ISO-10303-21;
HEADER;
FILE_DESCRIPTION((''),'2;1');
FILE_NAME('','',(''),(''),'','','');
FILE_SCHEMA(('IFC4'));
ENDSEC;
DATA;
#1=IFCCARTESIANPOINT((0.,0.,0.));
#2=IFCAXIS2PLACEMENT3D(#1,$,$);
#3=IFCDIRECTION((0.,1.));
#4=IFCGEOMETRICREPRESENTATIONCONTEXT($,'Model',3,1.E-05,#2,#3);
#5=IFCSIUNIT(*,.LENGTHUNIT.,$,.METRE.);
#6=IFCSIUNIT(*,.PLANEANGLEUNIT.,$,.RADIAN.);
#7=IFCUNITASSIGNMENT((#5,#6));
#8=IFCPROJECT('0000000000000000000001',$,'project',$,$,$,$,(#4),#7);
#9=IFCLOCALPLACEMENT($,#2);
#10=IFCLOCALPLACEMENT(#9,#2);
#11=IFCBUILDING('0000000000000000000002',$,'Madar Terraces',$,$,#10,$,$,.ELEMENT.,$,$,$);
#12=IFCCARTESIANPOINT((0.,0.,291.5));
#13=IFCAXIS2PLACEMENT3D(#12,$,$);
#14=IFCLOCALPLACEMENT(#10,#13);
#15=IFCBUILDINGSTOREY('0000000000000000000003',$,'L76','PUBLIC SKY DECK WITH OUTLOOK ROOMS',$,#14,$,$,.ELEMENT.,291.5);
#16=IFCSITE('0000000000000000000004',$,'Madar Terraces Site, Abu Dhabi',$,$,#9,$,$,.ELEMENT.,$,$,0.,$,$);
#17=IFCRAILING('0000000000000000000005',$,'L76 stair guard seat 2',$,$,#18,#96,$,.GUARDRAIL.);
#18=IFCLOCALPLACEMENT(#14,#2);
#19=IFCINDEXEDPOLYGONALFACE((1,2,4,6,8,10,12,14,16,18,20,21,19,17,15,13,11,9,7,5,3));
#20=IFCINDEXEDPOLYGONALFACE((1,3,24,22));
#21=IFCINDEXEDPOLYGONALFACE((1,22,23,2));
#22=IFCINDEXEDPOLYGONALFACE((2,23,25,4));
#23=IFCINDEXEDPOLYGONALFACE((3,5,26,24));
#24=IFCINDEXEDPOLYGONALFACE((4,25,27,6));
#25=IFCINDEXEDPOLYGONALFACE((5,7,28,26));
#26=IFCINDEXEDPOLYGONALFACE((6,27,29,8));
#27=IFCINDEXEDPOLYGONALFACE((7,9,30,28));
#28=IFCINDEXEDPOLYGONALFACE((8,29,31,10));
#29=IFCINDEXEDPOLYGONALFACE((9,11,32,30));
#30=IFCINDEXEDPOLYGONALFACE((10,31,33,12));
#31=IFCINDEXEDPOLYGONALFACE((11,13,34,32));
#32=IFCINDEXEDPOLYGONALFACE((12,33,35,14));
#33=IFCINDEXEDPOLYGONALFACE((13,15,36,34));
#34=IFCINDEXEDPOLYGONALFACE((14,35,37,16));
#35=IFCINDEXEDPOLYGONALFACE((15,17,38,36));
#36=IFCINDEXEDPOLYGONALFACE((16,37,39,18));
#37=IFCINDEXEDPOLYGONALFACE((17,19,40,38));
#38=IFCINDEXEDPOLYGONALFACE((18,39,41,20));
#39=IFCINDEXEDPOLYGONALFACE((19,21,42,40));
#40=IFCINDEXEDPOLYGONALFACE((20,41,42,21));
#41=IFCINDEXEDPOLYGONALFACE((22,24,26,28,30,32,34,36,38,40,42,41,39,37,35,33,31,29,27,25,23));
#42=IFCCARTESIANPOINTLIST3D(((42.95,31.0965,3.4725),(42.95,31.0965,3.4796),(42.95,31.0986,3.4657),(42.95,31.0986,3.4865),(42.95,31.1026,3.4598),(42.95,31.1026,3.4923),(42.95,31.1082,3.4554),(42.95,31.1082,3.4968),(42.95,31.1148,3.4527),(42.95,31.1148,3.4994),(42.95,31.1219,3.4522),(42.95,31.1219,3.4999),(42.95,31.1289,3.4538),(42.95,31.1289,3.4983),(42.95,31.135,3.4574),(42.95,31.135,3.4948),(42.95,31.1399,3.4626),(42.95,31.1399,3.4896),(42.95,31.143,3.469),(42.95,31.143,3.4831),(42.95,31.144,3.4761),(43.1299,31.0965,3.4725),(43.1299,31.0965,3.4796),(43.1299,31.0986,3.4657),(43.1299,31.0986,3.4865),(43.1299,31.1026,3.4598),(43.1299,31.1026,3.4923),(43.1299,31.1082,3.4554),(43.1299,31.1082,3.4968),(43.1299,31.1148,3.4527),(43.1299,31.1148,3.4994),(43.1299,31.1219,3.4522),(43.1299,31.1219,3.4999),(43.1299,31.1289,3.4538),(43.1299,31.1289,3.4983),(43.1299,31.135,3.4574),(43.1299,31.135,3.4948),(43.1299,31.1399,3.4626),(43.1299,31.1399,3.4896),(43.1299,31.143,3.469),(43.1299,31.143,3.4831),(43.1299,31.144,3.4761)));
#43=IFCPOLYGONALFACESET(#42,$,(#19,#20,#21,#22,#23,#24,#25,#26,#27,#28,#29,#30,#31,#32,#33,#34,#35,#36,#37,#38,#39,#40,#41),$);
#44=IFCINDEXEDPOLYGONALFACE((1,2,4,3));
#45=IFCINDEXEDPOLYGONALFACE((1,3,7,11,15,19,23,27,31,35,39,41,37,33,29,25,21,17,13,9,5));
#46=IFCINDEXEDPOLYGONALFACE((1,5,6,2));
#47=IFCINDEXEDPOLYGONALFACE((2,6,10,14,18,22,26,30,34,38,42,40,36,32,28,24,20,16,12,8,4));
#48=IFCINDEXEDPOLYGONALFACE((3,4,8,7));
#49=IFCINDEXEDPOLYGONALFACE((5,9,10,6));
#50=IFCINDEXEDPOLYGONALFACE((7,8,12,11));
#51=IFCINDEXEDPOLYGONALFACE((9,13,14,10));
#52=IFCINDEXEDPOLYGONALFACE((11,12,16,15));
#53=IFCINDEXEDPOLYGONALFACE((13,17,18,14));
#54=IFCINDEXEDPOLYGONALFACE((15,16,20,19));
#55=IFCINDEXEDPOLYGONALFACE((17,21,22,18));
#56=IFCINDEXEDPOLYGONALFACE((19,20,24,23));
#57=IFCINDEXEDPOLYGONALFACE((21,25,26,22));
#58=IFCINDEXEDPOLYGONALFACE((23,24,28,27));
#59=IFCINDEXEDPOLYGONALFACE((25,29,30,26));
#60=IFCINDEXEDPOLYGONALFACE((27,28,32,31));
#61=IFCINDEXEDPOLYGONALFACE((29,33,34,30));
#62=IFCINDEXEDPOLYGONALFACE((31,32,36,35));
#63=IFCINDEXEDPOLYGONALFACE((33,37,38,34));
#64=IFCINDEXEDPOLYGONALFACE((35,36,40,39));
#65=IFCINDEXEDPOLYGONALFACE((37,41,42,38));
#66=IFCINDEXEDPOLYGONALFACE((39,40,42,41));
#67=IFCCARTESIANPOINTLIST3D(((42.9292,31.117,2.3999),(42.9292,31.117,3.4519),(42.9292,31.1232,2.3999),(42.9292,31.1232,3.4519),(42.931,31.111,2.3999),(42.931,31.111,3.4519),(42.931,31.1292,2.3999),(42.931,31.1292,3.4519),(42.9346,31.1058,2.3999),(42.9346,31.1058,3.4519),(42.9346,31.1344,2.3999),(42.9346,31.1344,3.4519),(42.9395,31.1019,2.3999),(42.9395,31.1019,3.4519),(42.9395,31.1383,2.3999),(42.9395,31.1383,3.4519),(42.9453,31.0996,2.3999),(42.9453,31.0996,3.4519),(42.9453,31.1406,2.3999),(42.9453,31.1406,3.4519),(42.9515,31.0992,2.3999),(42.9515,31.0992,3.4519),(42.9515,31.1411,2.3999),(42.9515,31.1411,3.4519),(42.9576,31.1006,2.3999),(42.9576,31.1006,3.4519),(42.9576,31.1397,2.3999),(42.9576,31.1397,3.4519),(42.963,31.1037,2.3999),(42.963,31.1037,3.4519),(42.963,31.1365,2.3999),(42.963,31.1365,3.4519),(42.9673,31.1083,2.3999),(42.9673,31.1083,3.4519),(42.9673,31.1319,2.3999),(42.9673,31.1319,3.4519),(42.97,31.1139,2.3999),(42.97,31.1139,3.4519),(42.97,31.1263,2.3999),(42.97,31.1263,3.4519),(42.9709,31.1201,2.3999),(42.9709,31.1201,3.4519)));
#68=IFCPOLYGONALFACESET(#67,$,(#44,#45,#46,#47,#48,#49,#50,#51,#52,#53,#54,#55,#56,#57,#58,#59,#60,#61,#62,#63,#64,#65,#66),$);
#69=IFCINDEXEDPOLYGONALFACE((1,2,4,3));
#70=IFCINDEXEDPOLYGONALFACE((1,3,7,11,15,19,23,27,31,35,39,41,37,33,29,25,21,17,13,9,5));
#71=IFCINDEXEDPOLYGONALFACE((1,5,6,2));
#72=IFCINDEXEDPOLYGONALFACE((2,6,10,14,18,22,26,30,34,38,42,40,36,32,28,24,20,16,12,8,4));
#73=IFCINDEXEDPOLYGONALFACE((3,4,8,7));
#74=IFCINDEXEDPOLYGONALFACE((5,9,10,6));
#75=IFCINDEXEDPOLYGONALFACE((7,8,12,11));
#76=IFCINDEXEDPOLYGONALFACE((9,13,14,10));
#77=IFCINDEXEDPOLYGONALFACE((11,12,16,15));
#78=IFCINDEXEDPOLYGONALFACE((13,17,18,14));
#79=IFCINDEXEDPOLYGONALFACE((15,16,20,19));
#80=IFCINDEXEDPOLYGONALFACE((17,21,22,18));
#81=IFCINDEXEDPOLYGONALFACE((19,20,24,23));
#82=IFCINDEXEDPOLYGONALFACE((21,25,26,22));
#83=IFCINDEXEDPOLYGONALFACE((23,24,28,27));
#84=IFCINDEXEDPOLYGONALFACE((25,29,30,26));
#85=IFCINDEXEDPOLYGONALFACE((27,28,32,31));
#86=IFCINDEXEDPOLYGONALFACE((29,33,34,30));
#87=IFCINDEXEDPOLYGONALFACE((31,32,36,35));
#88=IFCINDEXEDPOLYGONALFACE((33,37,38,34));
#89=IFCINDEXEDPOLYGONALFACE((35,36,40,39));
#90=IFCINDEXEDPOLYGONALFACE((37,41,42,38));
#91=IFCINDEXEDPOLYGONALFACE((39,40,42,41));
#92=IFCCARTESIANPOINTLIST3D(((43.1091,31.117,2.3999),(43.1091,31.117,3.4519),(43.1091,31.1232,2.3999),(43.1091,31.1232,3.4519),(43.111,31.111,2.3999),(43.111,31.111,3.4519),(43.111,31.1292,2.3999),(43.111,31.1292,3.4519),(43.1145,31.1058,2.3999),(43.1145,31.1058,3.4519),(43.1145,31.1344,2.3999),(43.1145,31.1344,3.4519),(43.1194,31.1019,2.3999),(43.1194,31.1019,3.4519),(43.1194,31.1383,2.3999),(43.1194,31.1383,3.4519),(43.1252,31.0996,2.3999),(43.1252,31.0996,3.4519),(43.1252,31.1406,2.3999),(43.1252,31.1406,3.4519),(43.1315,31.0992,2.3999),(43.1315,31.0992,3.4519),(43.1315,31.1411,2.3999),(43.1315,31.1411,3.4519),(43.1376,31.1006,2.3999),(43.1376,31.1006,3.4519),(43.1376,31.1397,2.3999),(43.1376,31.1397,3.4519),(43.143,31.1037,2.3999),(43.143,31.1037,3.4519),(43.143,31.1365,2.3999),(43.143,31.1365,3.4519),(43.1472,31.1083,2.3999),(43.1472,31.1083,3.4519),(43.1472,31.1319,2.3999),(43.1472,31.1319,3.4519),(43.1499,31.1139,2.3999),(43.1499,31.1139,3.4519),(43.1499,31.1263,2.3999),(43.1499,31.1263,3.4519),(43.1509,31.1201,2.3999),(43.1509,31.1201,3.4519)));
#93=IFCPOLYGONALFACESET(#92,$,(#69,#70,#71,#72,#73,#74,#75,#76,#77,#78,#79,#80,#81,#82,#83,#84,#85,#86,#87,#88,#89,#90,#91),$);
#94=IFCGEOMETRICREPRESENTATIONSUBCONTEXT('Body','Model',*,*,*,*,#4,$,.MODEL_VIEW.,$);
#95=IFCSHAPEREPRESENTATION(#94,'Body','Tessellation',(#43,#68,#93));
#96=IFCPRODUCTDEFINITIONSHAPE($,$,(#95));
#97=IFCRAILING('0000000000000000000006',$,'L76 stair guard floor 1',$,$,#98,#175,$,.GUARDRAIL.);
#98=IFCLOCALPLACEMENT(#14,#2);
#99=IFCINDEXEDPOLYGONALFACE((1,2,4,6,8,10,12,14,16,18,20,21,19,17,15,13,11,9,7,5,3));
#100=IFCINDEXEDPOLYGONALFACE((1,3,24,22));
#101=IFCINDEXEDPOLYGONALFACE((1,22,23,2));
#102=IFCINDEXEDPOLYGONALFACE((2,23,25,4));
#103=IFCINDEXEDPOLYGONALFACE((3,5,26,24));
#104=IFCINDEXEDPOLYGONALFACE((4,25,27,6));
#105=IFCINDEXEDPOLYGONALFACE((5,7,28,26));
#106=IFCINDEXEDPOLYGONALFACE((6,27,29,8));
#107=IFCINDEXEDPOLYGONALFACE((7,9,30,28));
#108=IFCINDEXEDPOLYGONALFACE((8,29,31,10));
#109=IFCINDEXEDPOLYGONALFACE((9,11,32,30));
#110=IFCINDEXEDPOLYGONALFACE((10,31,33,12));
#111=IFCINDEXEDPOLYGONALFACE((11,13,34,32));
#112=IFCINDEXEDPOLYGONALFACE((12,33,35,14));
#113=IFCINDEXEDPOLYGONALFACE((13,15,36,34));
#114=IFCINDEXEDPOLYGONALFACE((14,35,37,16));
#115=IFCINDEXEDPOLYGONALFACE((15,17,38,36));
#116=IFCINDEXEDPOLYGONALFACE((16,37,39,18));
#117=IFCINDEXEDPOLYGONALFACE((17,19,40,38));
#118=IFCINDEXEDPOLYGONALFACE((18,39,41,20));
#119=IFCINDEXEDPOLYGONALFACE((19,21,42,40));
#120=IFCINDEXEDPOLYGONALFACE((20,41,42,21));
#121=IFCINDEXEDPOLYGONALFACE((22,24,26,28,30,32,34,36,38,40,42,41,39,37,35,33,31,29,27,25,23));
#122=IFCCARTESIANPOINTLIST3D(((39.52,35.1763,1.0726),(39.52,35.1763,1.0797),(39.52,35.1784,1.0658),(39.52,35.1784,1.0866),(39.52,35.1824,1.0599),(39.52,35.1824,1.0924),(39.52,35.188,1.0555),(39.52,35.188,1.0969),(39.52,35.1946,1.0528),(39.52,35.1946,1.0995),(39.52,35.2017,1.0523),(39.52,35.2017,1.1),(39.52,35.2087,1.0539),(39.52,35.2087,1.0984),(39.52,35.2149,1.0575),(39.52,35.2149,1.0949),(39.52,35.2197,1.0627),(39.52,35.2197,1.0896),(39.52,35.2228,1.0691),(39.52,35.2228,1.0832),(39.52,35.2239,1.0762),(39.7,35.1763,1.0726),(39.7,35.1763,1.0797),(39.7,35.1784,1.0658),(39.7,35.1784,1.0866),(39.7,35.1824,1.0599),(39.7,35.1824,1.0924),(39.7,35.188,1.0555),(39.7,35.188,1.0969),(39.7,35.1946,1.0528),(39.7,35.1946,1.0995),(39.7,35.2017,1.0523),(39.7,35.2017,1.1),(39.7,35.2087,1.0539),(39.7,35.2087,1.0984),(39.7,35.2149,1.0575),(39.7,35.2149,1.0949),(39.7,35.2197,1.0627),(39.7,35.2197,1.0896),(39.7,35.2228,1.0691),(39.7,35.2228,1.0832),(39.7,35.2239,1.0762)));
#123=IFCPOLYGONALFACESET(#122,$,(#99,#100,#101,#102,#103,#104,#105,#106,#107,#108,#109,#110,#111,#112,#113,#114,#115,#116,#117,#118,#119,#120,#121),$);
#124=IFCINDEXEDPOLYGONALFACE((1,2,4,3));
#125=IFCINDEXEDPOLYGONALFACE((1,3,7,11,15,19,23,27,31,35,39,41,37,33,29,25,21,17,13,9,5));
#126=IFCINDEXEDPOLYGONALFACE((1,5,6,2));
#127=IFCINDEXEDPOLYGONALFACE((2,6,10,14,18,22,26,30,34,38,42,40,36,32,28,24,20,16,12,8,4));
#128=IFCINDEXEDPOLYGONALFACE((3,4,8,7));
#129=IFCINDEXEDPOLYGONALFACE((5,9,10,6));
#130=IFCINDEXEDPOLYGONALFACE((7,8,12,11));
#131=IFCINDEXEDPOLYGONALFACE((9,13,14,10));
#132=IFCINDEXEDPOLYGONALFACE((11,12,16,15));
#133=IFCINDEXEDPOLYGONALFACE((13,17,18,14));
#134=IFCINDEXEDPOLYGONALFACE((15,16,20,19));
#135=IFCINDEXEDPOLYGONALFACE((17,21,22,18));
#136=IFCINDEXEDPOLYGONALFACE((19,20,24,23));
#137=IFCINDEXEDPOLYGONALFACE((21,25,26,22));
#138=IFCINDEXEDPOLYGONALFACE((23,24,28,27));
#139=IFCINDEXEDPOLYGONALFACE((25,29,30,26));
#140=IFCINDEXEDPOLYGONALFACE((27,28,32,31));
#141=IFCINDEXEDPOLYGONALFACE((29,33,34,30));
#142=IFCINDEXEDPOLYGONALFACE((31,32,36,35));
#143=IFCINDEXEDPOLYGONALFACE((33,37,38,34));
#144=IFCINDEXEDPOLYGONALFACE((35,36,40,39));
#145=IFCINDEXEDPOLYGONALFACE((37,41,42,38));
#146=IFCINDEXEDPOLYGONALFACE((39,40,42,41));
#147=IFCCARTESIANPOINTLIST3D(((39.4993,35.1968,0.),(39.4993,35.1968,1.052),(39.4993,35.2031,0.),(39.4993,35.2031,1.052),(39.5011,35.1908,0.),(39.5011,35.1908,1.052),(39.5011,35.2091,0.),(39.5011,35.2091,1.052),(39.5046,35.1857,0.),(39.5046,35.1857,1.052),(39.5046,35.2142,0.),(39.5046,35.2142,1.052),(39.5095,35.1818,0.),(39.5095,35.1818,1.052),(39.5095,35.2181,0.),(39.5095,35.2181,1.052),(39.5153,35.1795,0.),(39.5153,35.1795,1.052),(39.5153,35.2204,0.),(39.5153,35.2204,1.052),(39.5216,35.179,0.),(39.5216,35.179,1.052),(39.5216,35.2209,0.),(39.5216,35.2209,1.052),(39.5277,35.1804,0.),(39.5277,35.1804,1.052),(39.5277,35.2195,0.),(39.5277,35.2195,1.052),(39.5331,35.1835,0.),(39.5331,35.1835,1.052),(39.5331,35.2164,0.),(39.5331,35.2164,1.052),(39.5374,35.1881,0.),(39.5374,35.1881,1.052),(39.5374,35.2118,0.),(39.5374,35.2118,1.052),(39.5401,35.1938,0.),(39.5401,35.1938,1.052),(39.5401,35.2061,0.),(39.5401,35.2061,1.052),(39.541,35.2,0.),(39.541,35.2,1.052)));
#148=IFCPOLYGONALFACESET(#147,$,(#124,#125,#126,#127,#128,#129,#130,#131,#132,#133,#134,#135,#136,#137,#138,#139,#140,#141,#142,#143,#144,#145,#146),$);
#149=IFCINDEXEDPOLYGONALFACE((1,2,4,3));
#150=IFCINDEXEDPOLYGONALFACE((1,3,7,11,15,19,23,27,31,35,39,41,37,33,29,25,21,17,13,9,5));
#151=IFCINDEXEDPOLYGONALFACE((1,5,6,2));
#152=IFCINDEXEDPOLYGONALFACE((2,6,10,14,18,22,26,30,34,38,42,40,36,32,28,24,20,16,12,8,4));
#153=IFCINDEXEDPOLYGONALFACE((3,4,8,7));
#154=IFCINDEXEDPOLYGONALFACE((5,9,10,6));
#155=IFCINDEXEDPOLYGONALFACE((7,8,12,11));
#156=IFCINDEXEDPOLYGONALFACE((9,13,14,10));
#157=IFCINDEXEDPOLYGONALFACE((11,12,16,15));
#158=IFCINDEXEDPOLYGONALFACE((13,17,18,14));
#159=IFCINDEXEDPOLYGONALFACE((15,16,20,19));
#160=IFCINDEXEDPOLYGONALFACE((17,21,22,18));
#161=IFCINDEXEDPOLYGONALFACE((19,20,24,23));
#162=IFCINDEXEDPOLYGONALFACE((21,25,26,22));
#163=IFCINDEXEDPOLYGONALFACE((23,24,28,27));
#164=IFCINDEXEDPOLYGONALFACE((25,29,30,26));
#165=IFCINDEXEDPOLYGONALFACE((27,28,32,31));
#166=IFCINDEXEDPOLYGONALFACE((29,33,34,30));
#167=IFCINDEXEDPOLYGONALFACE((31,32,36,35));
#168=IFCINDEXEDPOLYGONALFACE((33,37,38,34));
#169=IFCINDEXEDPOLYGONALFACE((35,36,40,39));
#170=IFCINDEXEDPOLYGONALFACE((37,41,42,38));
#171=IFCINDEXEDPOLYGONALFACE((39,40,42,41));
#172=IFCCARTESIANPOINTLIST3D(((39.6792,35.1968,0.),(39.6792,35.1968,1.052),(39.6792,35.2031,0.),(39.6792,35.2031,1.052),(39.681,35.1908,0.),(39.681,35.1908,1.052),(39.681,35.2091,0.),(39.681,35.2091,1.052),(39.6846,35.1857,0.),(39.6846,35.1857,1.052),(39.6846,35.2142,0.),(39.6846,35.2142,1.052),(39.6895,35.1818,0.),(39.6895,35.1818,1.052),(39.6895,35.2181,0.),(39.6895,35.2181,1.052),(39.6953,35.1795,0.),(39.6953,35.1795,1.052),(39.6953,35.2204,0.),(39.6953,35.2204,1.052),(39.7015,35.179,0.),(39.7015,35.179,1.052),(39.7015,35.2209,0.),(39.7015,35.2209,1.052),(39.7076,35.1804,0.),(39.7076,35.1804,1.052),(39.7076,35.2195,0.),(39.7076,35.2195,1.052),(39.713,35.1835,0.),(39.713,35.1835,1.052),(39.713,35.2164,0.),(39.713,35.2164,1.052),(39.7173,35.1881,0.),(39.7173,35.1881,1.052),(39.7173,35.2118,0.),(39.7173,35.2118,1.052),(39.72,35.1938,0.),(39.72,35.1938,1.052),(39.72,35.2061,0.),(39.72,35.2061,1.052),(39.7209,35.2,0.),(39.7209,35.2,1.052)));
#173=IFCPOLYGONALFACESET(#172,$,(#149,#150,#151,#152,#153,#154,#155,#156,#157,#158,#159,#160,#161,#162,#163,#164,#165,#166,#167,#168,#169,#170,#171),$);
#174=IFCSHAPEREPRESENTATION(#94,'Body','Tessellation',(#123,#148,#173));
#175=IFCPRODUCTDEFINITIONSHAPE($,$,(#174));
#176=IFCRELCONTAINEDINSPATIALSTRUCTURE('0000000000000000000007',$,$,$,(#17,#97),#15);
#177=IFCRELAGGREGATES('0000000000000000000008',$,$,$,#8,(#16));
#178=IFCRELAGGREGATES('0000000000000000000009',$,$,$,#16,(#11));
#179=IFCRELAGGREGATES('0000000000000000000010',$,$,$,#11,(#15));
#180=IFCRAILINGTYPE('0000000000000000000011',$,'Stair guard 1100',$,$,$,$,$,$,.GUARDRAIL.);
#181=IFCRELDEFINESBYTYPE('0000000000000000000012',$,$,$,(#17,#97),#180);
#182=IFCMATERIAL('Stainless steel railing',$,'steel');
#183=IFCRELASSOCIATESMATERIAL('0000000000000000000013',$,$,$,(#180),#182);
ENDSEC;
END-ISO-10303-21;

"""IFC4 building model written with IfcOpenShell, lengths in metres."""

from ifc_helpers import new_model, si_unit, direction, frame, origin, origin_2d, place, context, subcontext, project, spatial, circle, extrude, material, type_object, element, save


model = new_model("IFC4")

# Units and contexts
model_context = context("Model", 3, precision=1e-05, world=origin(), true_north=direction((0.0, 1.0)))
body_context = subcontext(model_context, "Body", "Model", "MODEL_VIEW")
ifc_project = project(units=[si_unit("LENGTHUNIT", "METRE"), si_unit("PLANEANGLEUNIT", "RADIAN")], contexts=[model_context])

# Site, building, storey
site_placement = place(None, origin())
site = spatial("IfcSite", under=ifc_project, at=site_placement, Name="Madar Terraces Site, Abu Dhabi", CompositionType="ELEMENT", RefElevation=0.0)
building_placement = place(site_placement, origin())
building = spatial("IfcBuilding", under=site, at=building_placement, Name="Madar Terraces", CompositionType="ELEMENT")
storey_placement = place(building_placement, frame((0.0, 0.0, 291.5)))
storey = spatial("IfcBuildingStorey", under=building, at=storey_placement, Name="L76", Description="PUBLIC SKY DECK WITH OUTLOOK ROOMS", CompositionType="ELEMENT", Elevation=291.5)

# Railings
ifc_material_1 = material(Name="Stainless steel railing", Category="steel")
railing_type_1 = type_object("IfcRailingType", Name="Stair guard 1100", PredefinedType="GUARDRAIL", material=ifc_material_1)
for number, where, name in (
    (1, (42.95, 31.1201, 2.3999), "L76 stair guard seat 2"),
    (2, (39.52, 35.2, 0.0), "L76 stair guard floor 1"),
):
    element("IfcRailing", number, at=place(storey_placement, frame(where)), inside=storey, type_object=railing_type_1, Name=name, PredefinedType="GUARDRAIL", context=body_context, shape_type="SweptSolid", body=[
        extrude(circle(Radius=0.0239, at=origin_2d()), frame((0.0, 0.0, 1.0762), z_axis=(1.0, 0.0, 0.0), x_axis=(0.0, 1.0, 0.0)), (0.0, 0.0, 1.0), 0.1799),
        extrude(circle(Radius=0.021, at=origin_2d()), origin(), (0.0, 0.0, 1.0), 1.052),
        extrude(circle(Radius=0.021, at=origin_2d()), frame((0.1799, 0.0, 0.0)), (0.0, 0.0, 1.0), 1.052),
    ])

save(model, "model.ifc")
